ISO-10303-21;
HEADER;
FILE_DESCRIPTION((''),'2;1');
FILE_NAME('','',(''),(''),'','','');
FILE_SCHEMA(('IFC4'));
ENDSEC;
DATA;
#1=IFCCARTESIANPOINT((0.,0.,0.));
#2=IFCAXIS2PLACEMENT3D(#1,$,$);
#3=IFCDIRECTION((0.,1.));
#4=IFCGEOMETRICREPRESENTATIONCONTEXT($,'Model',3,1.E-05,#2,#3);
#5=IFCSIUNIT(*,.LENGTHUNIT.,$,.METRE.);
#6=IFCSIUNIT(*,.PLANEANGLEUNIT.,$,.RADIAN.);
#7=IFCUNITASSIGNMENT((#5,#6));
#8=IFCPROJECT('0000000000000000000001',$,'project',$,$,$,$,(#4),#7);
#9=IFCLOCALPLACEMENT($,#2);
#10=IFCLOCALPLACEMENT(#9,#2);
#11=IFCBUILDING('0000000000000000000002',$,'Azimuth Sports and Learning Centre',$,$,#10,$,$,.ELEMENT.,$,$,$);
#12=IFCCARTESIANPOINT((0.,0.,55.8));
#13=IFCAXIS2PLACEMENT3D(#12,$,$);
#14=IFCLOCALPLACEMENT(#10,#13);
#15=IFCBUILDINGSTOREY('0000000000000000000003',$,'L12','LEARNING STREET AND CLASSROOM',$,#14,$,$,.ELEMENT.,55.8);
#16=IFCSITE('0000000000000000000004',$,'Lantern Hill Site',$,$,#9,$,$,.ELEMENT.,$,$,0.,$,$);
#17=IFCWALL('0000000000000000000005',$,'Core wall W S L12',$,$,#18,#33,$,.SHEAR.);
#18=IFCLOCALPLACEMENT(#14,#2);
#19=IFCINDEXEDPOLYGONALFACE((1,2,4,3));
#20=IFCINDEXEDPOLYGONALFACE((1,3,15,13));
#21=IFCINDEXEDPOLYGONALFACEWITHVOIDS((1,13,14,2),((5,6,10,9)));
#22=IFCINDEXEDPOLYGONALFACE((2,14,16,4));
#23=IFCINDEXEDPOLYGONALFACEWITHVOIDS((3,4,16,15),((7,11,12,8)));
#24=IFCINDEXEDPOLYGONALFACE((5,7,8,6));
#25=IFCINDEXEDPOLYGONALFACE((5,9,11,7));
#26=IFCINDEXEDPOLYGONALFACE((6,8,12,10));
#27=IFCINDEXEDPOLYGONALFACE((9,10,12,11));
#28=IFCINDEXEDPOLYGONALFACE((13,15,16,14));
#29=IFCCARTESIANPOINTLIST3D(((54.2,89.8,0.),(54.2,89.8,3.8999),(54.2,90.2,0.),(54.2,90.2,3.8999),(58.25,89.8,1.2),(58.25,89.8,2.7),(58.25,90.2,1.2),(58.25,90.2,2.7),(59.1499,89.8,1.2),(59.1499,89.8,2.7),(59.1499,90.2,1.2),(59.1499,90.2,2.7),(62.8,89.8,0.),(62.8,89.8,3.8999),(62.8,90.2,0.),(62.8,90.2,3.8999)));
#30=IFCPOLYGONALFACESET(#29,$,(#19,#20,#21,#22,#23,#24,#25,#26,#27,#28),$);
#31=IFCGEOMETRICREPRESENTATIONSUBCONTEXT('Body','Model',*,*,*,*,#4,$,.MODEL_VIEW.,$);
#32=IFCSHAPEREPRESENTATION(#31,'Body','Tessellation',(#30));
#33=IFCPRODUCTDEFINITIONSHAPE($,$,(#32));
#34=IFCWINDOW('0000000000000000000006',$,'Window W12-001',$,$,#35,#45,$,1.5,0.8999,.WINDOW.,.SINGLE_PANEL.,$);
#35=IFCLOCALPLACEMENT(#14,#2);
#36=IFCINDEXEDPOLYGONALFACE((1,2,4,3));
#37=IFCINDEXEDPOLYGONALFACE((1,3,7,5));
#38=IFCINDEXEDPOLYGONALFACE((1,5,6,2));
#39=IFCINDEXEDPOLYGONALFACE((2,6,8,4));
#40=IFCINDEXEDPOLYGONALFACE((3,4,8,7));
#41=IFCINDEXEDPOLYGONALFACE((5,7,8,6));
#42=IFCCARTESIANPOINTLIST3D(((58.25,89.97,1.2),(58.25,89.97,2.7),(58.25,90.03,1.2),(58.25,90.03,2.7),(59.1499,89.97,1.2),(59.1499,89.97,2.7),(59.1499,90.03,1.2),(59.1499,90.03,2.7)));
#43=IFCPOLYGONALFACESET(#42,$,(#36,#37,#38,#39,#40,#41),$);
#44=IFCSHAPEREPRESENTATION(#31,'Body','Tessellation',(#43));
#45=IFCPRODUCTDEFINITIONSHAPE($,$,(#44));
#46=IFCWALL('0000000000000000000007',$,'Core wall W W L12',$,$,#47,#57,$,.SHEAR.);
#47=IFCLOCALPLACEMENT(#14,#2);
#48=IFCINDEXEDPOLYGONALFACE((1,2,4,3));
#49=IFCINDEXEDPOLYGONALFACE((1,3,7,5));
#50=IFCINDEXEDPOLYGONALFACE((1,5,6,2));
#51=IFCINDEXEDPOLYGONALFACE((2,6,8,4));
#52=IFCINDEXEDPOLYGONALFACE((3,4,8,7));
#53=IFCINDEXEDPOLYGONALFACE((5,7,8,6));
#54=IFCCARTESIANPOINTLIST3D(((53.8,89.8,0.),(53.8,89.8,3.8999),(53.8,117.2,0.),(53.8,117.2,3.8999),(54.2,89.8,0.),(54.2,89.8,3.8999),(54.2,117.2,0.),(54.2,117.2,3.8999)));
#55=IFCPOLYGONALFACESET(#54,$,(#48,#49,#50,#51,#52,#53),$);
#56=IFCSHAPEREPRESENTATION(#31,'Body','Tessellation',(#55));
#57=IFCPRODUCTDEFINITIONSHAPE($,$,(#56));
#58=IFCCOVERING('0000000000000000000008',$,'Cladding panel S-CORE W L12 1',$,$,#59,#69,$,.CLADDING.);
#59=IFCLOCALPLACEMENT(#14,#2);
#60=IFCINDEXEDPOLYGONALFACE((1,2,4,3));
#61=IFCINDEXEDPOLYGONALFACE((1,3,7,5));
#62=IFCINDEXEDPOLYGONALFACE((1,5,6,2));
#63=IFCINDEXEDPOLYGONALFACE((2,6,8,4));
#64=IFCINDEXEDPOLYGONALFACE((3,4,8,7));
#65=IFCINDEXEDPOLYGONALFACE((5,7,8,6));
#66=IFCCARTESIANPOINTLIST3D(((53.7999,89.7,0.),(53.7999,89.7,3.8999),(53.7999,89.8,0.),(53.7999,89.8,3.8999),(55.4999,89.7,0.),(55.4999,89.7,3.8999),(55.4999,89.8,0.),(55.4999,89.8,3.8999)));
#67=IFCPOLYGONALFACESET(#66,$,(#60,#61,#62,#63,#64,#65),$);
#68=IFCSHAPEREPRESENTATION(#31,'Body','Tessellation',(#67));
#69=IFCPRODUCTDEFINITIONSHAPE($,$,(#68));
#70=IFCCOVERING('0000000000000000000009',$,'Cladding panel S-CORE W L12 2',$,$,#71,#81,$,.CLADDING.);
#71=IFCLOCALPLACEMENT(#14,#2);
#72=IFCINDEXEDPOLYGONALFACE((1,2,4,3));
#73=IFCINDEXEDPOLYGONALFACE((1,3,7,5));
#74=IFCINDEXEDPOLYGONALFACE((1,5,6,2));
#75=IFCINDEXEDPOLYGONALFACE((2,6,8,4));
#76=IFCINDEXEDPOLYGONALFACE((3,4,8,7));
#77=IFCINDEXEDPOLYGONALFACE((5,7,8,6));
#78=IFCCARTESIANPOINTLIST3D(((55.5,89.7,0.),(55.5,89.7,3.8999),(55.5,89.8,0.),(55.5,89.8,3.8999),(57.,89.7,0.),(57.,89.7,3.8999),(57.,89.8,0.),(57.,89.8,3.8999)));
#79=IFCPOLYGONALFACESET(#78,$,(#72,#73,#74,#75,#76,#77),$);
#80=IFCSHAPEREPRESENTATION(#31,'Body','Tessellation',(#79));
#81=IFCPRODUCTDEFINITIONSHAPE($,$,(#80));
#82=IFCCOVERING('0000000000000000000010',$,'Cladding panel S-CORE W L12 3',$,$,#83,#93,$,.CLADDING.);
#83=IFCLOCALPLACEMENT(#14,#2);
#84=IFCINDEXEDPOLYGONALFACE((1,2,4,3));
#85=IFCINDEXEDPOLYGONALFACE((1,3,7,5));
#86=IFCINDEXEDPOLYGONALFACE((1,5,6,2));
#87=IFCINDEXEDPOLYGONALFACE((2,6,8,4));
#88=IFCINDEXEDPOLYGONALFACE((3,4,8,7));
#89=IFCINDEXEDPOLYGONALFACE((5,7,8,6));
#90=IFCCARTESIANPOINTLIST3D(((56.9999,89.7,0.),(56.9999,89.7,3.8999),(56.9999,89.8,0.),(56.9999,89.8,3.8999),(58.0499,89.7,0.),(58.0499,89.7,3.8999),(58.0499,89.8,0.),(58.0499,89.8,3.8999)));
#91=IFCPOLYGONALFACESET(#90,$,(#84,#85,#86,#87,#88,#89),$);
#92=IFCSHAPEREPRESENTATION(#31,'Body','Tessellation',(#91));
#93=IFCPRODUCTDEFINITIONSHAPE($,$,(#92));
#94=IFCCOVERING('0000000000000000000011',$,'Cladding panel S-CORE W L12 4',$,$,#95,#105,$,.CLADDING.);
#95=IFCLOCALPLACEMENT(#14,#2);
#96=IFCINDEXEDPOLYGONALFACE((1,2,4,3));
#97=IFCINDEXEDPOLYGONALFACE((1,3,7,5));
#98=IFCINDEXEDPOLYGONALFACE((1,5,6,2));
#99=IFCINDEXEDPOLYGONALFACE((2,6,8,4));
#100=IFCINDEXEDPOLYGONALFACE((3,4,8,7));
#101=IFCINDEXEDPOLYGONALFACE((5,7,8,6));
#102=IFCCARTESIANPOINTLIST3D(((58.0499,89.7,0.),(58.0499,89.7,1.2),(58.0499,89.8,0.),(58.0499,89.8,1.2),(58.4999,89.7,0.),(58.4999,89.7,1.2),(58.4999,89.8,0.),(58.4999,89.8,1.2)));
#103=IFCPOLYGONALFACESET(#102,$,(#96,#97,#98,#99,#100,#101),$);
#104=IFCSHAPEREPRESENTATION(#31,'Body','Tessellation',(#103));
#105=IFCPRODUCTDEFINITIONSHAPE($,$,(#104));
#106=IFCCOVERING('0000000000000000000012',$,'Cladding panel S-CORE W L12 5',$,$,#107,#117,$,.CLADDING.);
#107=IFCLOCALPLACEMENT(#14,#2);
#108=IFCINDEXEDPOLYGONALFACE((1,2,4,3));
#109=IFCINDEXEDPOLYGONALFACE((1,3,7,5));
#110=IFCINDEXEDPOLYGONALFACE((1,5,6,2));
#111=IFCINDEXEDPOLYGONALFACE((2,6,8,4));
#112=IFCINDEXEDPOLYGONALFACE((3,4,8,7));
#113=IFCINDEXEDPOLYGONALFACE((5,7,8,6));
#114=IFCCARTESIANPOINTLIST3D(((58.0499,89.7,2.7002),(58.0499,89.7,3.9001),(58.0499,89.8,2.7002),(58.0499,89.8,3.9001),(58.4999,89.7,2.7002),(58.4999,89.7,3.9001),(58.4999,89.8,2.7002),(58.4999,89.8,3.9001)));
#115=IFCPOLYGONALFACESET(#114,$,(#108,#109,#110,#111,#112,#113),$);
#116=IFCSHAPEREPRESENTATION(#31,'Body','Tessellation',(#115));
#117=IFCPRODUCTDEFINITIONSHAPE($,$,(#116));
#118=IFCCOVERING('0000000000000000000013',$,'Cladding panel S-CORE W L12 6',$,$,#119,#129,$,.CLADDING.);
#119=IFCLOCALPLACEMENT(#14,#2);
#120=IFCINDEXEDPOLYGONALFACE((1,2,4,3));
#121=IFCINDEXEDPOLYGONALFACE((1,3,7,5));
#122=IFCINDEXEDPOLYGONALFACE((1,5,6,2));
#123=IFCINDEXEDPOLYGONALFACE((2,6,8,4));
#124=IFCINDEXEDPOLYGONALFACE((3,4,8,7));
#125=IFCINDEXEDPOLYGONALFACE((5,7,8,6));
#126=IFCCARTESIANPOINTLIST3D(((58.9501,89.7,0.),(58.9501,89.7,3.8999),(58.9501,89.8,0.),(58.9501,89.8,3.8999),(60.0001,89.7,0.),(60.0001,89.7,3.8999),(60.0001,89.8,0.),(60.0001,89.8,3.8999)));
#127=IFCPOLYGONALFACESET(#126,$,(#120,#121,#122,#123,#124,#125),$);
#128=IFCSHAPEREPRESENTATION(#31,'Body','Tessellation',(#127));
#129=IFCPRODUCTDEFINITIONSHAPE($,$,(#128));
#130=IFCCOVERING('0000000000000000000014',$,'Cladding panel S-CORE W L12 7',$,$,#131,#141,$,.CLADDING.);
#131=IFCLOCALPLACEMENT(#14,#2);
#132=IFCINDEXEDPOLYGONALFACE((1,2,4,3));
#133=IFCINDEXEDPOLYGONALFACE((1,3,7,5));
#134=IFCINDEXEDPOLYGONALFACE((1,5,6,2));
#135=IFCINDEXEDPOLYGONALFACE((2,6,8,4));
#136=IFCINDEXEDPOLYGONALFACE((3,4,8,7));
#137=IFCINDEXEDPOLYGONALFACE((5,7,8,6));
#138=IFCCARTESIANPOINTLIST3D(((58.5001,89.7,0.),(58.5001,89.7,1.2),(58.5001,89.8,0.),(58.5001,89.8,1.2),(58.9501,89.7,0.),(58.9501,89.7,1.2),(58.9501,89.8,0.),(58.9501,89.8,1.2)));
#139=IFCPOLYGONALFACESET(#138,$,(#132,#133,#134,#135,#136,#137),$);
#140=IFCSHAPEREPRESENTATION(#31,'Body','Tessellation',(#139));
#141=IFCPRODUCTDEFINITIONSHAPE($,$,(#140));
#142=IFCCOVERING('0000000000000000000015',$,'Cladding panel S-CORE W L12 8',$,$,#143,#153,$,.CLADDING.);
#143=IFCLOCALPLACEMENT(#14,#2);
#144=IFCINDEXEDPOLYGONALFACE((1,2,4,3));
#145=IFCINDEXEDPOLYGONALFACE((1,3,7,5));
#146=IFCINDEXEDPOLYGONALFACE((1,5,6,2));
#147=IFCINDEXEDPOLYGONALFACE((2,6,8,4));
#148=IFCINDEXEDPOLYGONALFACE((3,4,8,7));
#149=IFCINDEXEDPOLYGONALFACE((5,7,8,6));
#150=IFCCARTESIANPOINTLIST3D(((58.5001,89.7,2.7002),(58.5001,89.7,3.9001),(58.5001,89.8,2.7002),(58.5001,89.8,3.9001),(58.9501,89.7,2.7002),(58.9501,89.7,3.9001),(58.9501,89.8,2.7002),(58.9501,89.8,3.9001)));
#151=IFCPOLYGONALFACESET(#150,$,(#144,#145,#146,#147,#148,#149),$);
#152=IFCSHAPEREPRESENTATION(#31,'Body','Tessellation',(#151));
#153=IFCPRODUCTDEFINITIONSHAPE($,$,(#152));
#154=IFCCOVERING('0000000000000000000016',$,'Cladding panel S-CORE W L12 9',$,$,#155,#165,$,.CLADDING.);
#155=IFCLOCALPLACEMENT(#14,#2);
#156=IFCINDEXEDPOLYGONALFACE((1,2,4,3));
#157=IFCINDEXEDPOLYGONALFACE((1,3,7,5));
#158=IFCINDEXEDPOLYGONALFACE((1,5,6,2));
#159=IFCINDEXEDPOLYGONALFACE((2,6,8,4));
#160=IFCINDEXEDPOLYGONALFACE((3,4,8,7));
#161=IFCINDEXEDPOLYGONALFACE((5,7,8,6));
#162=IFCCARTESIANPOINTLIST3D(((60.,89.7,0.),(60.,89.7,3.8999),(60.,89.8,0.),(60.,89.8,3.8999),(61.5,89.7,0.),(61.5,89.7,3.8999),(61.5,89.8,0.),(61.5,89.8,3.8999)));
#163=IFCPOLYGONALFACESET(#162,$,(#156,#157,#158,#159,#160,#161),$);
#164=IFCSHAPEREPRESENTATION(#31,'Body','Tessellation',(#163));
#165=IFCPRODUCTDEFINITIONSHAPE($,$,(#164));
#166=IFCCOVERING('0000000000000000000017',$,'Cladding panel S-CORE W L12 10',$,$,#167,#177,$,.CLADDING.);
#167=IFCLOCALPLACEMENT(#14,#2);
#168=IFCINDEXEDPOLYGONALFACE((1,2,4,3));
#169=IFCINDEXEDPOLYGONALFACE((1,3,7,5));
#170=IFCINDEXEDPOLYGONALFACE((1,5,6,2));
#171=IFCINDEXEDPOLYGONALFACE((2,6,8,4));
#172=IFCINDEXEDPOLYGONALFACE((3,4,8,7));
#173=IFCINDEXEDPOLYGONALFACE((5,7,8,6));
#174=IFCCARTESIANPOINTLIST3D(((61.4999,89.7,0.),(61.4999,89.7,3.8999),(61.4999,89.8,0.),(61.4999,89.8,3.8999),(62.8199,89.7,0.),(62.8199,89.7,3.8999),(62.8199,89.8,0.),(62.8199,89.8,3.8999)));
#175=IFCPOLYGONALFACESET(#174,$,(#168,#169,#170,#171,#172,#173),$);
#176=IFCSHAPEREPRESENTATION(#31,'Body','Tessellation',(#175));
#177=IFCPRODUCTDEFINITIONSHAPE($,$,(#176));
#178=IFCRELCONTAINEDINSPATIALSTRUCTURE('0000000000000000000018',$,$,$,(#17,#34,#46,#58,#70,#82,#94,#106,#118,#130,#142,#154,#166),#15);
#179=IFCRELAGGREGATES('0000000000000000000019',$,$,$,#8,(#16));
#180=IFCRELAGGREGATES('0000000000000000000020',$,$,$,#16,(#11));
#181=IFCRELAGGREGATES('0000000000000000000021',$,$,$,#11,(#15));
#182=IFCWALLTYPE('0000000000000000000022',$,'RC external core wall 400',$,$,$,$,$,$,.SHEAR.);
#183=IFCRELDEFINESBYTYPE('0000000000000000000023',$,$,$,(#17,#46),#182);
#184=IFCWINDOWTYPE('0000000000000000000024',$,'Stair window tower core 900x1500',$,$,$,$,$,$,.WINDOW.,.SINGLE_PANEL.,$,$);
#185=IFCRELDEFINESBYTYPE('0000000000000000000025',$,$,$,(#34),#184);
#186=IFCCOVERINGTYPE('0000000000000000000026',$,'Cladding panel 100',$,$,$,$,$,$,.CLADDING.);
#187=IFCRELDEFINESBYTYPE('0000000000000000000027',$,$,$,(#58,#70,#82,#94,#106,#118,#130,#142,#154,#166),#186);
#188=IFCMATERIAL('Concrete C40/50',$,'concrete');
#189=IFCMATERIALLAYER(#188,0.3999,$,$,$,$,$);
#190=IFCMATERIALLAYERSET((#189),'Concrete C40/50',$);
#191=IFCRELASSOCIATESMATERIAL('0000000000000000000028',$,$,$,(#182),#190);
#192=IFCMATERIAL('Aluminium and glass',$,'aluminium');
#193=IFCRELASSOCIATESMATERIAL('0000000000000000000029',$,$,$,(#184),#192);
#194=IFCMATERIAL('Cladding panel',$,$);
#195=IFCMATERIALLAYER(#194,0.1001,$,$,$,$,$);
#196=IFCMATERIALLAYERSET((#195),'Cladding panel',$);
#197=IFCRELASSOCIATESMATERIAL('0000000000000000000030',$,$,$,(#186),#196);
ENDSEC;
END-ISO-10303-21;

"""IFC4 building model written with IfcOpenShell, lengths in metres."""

from ifc_helpers import new_model, si_unit, direction, frame, frame_2d, origin, origin_2d, place, context, subcontext, project, spatial, rectangle, extrude, material, layer, layer_set, type_object, element, fill, save


model = new_model("IFC4")

# Units and contexts
model_context = context("Model", 3, precision=1e-05, world=origin(), true_north=direction((0.0, 1.0)))
body_context = subcontext(model_context, "Body", "Model", "MODEL_VIEW")
ifc_project = project(units=[si_unit("LENGTHUNIT", "METRE"), si_unit("PLANEANGLEUNIT", "RADIAN")], contexts=[model_context])

# Site, building, storey
site_placement = place(None, origin())
site = spatial("IfcSite", under=ifc_project, at=site_placement, Name="Lantern Hill Site", CompositionType="ELEMENT", RefElevation=0.0)
building_placement = place(site_placement, origin())
building = spatial("IfcBuilding", under=site, at=building_placement, Name="Azimuth Sports and Learning Centre", CompositionType="ELEMENT")
storey_placement = place(building_placement, frame((0.0, 0.0, 55.8)))
storey = spatial("IfcBuildingStorey", under=building, at=storey_placement, Name="L12", Description="LEARNING STREET AND CLASSROOM", CompositionType="ELEMENT", Elevation=55.8)

# Wall, opening, window
ifc_material_1 = material(Name="Concrete C40/50", Category="concrete")
ifc_layer_1 = layer(ifc_material_1, 0.3999)
ifc_layer_set_1 = layer_set([ifc_layer_1], Name="Concrete C40/50")
wall_type = type_object("IfcWallType", Name="RC external core wall 400", PredefinedType="SHEAR", material=ifc_layer_set_1)
wall_1_placement = place(storey_placement, frame((54.2, 90.0, 0.0), z_axis=(0.0, 0.0, 1.0), x_axis=(1.0, 0.0, 0.0)))
wall_1 = element("IfcWall", 1, at=wall_1_placement, inside=storey, type_object=wall_type, Name="Core wall W S L12", PredefinedType="SHEAR", context=body_context, shape_type="SweptSolid", body=[
    extrude(rectangle(XDim=8.6001, YDim=0.3999, at=frame_2d((4.3, 0.0))), origin(), (0.0, 0.0, 1.0), 3.8999),
])
opening_placement = place(wall_1_placement, frame((4.05, 0.0, 1.2)))
opening = element("IfcOpeningElement", 2, at=opening_placement, cuts=wall_1, PredefinedType="OPENING", context=body_context, shape_type="SweptSolid", body=[
    extrude(rectangle(XDim=0.8999, YDim=1.5, at=frame_2d((0.45, 0.75))), frame((0.0, 0.2109, 0.0), z_axis=(0.0, -1.0, 0.0), x_axis=(1.0, 0.0, 0.0)), (0.0, 0.0, 1.0), 0.4219),
])
ifc_material_2 = material(Name="Aluminium and glass", Category="aluminium")
window_type = type_object("IfcWindowType", Name="Stair window tower core 900x1500", PartitioningType="SINGLE_PANEL", PredefinedType="WINDOW", material=ifc_material_2)
window_placement = place(opening_placement, origin())
window = element("IfcWindow", 3, at=window_placement, inside=storey, type_object=window_type, Name="Window W12-001", OverallHeight=1.5, OverallWidth=0.8999, PartitioningType="SINGLE_PANEL", PredefinedType="WINDOW", context=body_context, shape_type="SweptSolid", body=[
    extrude(rectangle(XDim=0.8999, YDim=1.5, at=frame_2d((0.45, 0.75))), frame((0.0, 0.03, 0.0), z_axis=(0.0, -1.0, 0.0), x_axis=(1.0, 0.0, 0.0)), (0.0, 0.0, 1.0), 0.0601),
])
fill(opening, window)

# Wall
wall_2_placement = place(storey_placement, frame((54.0, 89.8, 0.0), z_axis=(0.0, 0.0, 1.0), x_axis=(0.0, 1.0, 0.0)))
element("IfcWall", 4, at=wall_2_placement, inside=storey, type_object=wall_type, Name="Core wall W W L12", PredefinedType="SHEAR", context=body_context, shape_type="SweptSolid", body=[
    extrude(rectangle(XDim=27.3999, YDim=0.3999, at=frame_2d((13.7, 0.0))), origin(), (0.0, 0.0, 1.0), 3.8999),
])

# Coverings
ifc_material_3 = material(Name="Cladding panel")
ifc_layer_2 = layer(ifc_material_3, 0.1001)
ifc_layer_set_2 = layer_set([ifc_layer_2], Name="Cladding panel")
covering_type = type_object("IfcCoveringType", Name="Cladding panel 100", PredefinedType="CLADDING", material=ifc_layer_set_2)
covering_1_placement = place(storey_placement, frame((54.6499, 89.75, 0.0), z_axis=(0.0, 0.0, 1.0), x_axis=(1.0, 0.0, 0.0)))
element("IfcCovering", 5, at=covering_1_placement, inside=storey, type_object=covering_type, Name="Cladding panel S-CORE W L12 1", PredefinedType="CLADDING", context=body_context, shape_type="SweptSolid", body=[
    extrude(rectangle(XDim=1.7, YDim=0.1001, at=origin_2d()), origin(), (0.0, 0.0, 1.0), 3.8999),
])
covering_2_placement = place(storey_placement, frame((56.25, 89.75, 0.0), z_axis=(0.0, 0.0, 1.0), x_axis=(1.0, 0.0, 0.0)))
element("IfcCovering", 6, at=covering_2_placement, inside=storey, type_object=covering_type, Name="Cladding panel S-CORE W L12 2", PredefinedType="CLADDING", context=body_context, shape_type="SweptSolid", body=[
    extrude(rectangle(XDim=1.5, YDim=0.1001, at=origin_2d()), origin(), (0.0, 0.0, 1.0), 3.8999),
])
covering_3_placement = place(storey_placement, frame((57.5249, 89.75, 0.0), z_axis=(0.0, 0.0, 1.0), x_axis=(1.0, 0.0, 0.0)))
element("IfcCovering", 7, at=covering_3_placement, inside=storey, type_object=covering_type, Name="Cladding panel S-CORE W L12 3", PredefinedType="CLADDING", context=body_context, shape_type="SweptSolid", body=[
    extrude(rectangle(XDim=1.05, YDim=0.1001, at=origin_2d()), origin(), (0.0, 0.0, 1.0), 3.8999),
])
for number, where, z_axis, x_axis, name in (
    (8, (58.2749, 89.75, 0.0), (0.0, 0.0, 1.0), (1.0, 0.0, 0.0), "Cladding panel S-CORE W L12 4"),
    (9, (58.2749, 89.75, 2.7002), (0.0, 0.0, 1.0), (1.0, 0.0, 0.0), "Cladding panel S-CORE W L12 5"),
):
    element("IfcCovering", number, at=place(storey_placement, frame(where, z_axis=z_axis, x_axis=x_axis)), inside=storey, type_object=covering_type, Name=name, PredefinedType="CLADDING", context=body_context, shape_type="SweptSolid", body=[
        extrude(rectangle(XDim=0.45, YDim=0.1001, at=origin_2d()), origin(), (0.0, 0.0, 1.0), 1.2),
    ])
covering_4_placement = place(storey_placement, frame((59.4751, 89.75, 0.0), z_axis=(0.0, 0.0, 1.0), x_axis=(1.0, 0.0, 0.0)))
element("IfcCovering", 10, at=covering_4_placement, inside=storey, type_object=covering_type, Name="Cladding panel S-CORE W L12 6", PredefinedType="CLADDING", context=body_context, shape_type="SweptSolid", body=[
    extrude(rectangle(XDim=1.05, YDim=0.1001, at=origin_2d()), origin(), (0.0, 0.0, 1.0), 3.8999),
])
for number, where, z_axis, x_axis, name in (
    (11, (58.7251, 89.75, 0.0), (0.0, 0.0, 1.0), (1.0, 0.0, 0.0), "Cladding panel S-CORE W L12 7"),
    (12, (58.7251, 89.75, 2.7002), (0.0, 0.0, 1.0), (1.0, 0.0, 0.0), "Cladding panel S-CORE W L12 8"),
):
    element("IfcCovering", number, at=place(storey_placement, frame(where, z_axis=z_axis, x_axis=x_axis)), inside=storey, type_object=covering_type, Name=name, PredefinedType="CLADDING", context=body_context, shape_type="SweptSolid", body=[
        extrude(rectangle(XDim=0.45, YDim=0.1001, at=origin_2d()), origin(), (0.0, 0.0, 1.0), 1.2),
    ])
covering_5_placement = place(storey_placement, frame((60.75, 89.75, 0.0), z_axis=(0.0, 0.0, 1.0), x_axis=(1.0, 0.0, 0.0)))
element("IfcCovering", 13, at=covering_5_placement, inside=storey, type_object=covering_type, Name="Cladding panel S-CORE W L12 9", PredefinedType="CLADDING", context=body_context, shape_type="SweptSolid", body=[
    extrude(rectangle(XDim=1.5, YDim=0.1001, at=origin_2d()), origin(), (0.0, 0.0, 1.0), 3.8999),
])
covering_6_placement = place(storey_placement, frame((62.1599, 89.75, 0.0), z_axis=(0.0, 0.0, 1.0), x_axis=(1.0, 0.0, 0.0)))
element("IfcCovering", 14, at=covering_6_placement, inside=storey, type_object=covering_type, Name="Cladding panel S-CORE W L12 10", PredefinedType="CLADDING", context=body_context, shape_type="SweptSolid", body=[
    extrude(rectangle(XDim=1.3201, YDim=0.1001, at=origin_2d()), origin(), (0.0, 0.0, 1.0), 3.8999),
])

save(model, "model.ifc")
